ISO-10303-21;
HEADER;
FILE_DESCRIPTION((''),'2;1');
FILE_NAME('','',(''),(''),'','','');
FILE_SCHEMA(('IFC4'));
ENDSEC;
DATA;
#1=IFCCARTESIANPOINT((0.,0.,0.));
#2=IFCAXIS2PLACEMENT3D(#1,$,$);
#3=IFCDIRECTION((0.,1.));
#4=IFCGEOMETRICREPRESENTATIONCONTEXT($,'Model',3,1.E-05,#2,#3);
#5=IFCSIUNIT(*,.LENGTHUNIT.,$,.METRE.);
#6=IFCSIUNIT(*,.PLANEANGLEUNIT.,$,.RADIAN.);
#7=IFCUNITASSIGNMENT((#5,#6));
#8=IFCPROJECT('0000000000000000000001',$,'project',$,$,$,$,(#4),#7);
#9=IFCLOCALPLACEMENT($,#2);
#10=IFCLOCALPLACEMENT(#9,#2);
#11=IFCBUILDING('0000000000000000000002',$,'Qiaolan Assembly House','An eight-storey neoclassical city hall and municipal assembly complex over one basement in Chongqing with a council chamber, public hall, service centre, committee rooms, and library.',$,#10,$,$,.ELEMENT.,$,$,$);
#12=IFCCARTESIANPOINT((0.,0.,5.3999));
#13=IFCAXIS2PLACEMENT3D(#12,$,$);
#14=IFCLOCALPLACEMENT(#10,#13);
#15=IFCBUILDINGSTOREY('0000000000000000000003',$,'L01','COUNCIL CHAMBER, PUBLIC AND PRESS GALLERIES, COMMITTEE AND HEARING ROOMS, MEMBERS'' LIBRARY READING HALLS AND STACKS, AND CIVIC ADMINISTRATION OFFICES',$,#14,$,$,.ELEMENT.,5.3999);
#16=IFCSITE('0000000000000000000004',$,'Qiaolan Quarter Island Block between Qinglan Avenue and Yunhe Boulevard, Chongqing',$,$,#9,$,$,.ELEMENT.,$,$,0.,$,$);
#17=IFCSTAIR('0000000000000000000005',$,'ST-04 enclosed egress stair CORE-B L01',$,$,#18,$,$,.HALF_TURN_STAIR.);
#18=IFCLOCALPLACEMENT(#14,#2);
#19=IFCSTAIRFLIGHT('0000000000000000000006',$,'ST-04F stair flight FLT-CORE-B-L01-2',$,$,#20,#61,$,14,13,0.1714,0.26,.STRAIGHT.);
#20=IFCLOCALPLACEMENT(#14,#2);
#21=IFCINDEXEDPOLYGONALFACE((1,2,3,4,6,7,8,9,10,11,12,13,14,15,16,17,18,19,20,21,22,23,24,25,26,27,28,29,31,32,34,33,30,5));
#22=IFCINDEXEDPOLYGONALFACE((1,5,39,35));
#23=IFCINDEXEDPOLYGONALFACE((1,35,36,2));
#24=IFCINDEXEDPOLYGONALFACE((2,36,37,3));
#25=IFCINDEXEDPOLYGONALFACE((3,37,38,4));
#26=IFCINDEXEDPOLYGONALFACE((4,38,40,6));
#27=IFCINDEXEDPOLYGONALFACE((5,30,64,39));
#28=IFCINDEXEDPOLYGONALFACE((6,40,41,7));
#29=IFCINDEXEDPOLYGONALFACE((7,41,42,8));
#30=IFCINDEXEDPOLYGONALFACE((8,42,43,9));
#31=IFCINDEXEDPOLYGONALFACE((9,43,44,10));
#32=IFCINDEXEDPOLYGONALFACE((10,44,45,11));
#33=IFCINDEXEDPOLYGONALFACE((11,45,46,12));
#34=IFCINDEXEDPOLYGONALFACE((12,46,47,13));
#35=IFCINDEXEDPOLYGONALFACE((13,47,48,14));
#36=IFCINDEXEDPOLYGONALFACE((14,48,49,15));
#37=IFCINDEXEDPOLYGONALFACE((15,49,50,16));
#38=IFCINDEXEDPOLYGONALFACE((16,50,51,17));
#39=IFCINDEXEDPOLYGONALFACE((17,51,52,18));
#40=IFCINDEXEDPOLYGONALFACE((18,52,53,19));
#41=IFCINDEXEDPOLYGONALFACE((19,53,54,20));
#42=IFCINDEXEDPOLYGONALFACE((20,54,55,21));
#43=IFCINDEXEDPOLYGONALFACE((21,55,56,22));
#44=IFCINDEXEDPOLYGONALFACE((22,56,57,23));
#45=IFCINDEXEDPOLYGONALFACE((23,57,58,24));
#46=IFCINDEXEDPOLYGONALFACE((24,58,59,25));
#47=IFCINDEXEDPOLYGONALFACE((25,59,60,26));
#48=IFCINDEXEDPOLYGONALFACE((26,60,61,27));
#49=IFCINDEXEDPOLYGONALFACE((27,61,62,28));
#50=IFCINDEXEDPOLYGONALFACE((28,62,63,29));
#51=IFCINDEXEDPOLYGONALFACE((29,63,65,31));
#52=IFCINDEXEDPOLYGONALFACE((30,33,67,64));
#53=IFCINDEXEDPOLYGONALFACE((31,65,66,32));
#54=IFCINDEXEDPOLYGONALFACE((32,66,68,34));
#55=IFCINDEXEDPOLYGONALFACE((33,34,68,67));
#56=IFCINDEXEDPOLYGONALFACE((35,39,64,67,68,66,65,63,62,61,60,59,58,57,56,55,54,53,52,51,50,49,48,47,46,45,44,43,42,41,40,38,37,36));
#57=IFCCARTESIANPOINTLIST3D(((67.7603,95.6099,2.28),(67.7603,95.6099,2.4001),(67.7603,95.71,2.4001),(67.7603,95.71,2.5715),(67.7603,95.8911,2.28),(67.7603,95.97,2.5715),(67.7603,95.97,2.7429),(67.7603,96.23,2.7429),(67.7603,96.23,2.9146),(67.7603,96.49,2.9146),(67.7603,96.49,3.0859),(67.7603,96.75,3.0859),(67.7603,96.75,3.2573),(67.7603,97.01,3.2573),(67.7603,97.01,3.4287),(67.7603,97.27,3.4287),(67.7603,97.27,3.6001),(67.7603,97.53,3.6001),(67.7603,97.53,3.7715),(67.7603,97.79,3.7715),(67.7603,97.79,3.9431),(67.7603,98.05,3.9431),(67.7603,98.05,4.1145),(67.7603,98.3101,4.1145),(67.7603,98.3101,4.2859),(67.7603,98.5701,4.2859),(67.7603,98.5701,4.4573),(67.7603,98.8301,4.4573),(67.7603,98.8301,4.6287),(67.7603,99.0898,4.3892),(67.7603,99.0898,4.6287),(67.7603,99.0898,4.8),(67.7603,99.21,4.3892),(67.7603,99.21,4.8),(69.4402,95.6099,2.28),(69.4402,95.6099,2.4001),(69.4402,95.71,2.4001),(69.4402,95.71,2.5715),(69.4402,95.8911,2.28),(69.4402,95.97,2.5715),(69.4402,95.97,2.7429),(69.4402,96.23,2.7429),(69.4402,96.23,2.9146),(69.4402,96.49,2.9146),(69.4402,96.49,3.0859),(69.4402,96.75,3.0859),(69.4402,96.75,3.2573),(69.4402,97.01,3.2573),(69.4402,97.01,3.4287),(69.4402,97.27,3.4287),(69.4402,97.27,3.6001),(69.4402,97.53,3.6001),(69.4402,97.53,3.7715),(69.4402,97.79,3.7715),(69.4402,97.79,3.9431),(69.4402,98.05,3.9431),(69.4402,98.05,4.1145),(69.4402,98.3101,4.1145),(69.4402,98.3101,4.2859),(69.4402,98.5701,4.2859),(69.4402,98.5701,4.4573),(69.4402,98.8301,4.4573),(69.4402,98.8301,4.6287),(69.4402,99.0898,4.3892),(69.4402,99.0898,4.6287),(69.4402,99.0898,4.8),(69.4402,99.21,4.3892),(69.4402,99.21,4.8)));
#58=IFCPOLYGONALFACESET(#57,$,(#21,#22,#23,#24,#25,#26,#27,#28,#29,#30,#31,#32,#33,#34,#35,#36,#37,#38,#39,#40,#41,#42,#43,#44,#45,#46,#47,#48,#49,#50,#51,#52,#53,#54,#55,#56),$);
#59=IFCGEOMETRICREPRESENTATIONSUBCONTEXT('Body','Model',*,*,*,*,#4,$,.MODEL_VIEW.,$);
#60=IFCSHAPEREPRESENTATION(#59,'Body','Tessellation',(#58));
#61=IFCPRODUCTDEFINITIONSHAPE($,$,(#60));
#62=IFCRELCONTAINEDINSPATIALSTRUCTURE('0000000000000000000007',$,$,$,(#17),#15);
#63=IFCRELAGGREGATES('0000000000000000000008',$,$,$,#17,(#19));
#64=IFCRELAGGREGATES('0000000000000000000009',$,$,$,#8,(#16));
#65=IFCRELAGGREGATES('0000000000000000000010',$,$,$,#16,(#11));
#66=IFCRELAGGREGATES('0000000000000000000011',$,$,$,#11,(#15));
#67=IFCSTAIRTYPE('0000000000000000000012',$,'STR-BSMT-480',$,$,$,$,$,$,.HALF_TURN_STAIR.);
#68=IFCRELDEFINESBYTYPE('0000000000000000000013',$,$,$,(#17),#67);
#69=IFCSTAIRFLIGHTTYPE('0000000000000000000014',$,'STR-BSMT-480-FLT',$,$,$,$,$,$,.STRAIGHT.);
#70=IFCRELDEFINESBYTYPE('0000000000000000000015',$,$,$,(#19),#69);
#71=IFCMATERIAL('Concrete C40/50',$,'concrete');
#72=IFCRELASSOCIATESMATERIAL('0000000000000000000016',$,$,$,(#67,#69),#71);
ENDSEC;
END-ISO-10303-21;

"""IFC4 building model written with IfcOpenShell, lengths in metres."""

from ifc_helpers import new_model, si_unit, direction, frame, origin, place, context, subcontext, project, spatial, polyline, outline, extrude, material, type_object, element, aggregate, save


model = new_model("IFC4")

# Units and contexts
model_context = context("Model", 3, precision=1e-05, world=origin(), true_north=direction((0.0, 1.0)))
body_context = subcontext(model_context, "Body", "Model", "MODEL_VIEW")
ifc_project = project(units=[si_unit("LENGTHUNIT", "METRE"), si_unit("PLANEANGLEUNIT", "RADIAN")], contexts=[model_context])

# Site, building, storey
site_placement = place(None, origin())
site = spatial("IfcSite", under=ifc_project, at=site_placement, Name="Qiaolan Quarter Island Block between Qinglan Avenue and Yunhe Boulevard, Chongqing", CompositionType="ELEMENT", RefElevation=0.0)
building_placement = place(site_placement, origin())
building = spatial("IfcBuilding", under=site, at=building_placement, Name="Qiaolan Assembly House", Description="An eight-storey neoclassical city hall and municipal assembly complex over one basement in Chongqing with a council chamber, public hall, service centre, committee rooms, and library.", CompositionType="ELEMENT")
storey_placement = place(building_placement, frame((0.0, 0.0, 5.3999)))
storey = spatial("IfcBuildingStorey", under=building, at=storey_placement, Name="L01", Description="COUNCIL CHAMBER, PUBLIC AND PRESS GALLERIES, COMMITTEE AND HEARING ROOMS, MEMBERS' LIBRARY READING HALLS AND STACKS, AND CIVIC ADMINISTRATION OFFICES", CompositionType="ELEMENT", Elevation=5.3999)

# Shared definitions
ifc_material_1 = material(Name="Concrete C40/50", Category="concrete")

# Stair, stair flight
stair_type = type_object("IfcStairType", Name="STR-BSMT-480", PredefinedType="HALF_TURN_STAIR", material=ifc_material_1)
stair_placement = place(storey_placement, origin())
stair = element("IfcStair", 1, at=stair_placement, inside=storey, type_object=stair_type, Name="ST-04 enclosed egress stair CORE-B L01", PredefinedType="HALF_TURN_STAIR")
stair_flight_type = type_object("IfcStairFlightType", Name="STR-BSMT-480-FLT", PredefinedType="STRAIGHT", material=ifc_material_1)
stair_flight_placement = place(storey_placement, frame((68.6001, 95.71, 2.4001), z_axis=(0.0, 0.0, 1.0), x_axis=(0.0, 1.0, 0.0)))
stair_flight = element("IfcStairFlight", 2, at=stair_flight_placement, type_object=stair_flight_type, Name="ST-04F stair flight FLT-CORE-B-L01-2", NumberOfRisers=14, NumberOfTreads=13, PredefinedType="STRAIGHT", RiserHeight=0.1714, TreadLength=0.26, context=body_context, shape_type="SweptSolid", body=[
    extrude(outline(polyline([(-0.1001, -0.1201), (-0.1001, 0.0), (0.0, 0.0), (0.0, 0.1714), (0.26, 0.1714), (0.26, 0.3428), (0.52, 0.3428), (0.52, 0.5144), (0.78, 0.5144), (0.78, 0.6858), (1.04, 0.6858), (1.04, 0.8572), (1.3, 0.8572), (1.3, 1.0286), (1.5601, 1.0286), (1.5601, 1.2), (1.8201, 1.2), (1.8201, 1.3713), (2.0801, 1.3713), (2.0801, 1.543), (2.3401, 1.543), (2.3401, 1.7144), (2.6001, 1.7144), (2.6001, 1.8857), (2.8601, 1.8857), (2.8601, 2.0571), (3.1201, 2.0571), (3.1201, 2.2285), (3.3799, 2.2285), (3.3799, 2.3999), (3.5, 2.3999), (3.5, 1.989), (3.3799, 1.989), (0.1812, -0.1201), (-0.1001, -0.1201)])), frame((0.0, 0.8398, 0.0), z_axis=(0.0, -1.0, 0.0), x_axis=(1.0, 0.0, 0.0)), (0.0, 0.0, 1.0), 1.6799),
])
aggregate(stair, [stair_flight])

save(model, "model.ifc")
